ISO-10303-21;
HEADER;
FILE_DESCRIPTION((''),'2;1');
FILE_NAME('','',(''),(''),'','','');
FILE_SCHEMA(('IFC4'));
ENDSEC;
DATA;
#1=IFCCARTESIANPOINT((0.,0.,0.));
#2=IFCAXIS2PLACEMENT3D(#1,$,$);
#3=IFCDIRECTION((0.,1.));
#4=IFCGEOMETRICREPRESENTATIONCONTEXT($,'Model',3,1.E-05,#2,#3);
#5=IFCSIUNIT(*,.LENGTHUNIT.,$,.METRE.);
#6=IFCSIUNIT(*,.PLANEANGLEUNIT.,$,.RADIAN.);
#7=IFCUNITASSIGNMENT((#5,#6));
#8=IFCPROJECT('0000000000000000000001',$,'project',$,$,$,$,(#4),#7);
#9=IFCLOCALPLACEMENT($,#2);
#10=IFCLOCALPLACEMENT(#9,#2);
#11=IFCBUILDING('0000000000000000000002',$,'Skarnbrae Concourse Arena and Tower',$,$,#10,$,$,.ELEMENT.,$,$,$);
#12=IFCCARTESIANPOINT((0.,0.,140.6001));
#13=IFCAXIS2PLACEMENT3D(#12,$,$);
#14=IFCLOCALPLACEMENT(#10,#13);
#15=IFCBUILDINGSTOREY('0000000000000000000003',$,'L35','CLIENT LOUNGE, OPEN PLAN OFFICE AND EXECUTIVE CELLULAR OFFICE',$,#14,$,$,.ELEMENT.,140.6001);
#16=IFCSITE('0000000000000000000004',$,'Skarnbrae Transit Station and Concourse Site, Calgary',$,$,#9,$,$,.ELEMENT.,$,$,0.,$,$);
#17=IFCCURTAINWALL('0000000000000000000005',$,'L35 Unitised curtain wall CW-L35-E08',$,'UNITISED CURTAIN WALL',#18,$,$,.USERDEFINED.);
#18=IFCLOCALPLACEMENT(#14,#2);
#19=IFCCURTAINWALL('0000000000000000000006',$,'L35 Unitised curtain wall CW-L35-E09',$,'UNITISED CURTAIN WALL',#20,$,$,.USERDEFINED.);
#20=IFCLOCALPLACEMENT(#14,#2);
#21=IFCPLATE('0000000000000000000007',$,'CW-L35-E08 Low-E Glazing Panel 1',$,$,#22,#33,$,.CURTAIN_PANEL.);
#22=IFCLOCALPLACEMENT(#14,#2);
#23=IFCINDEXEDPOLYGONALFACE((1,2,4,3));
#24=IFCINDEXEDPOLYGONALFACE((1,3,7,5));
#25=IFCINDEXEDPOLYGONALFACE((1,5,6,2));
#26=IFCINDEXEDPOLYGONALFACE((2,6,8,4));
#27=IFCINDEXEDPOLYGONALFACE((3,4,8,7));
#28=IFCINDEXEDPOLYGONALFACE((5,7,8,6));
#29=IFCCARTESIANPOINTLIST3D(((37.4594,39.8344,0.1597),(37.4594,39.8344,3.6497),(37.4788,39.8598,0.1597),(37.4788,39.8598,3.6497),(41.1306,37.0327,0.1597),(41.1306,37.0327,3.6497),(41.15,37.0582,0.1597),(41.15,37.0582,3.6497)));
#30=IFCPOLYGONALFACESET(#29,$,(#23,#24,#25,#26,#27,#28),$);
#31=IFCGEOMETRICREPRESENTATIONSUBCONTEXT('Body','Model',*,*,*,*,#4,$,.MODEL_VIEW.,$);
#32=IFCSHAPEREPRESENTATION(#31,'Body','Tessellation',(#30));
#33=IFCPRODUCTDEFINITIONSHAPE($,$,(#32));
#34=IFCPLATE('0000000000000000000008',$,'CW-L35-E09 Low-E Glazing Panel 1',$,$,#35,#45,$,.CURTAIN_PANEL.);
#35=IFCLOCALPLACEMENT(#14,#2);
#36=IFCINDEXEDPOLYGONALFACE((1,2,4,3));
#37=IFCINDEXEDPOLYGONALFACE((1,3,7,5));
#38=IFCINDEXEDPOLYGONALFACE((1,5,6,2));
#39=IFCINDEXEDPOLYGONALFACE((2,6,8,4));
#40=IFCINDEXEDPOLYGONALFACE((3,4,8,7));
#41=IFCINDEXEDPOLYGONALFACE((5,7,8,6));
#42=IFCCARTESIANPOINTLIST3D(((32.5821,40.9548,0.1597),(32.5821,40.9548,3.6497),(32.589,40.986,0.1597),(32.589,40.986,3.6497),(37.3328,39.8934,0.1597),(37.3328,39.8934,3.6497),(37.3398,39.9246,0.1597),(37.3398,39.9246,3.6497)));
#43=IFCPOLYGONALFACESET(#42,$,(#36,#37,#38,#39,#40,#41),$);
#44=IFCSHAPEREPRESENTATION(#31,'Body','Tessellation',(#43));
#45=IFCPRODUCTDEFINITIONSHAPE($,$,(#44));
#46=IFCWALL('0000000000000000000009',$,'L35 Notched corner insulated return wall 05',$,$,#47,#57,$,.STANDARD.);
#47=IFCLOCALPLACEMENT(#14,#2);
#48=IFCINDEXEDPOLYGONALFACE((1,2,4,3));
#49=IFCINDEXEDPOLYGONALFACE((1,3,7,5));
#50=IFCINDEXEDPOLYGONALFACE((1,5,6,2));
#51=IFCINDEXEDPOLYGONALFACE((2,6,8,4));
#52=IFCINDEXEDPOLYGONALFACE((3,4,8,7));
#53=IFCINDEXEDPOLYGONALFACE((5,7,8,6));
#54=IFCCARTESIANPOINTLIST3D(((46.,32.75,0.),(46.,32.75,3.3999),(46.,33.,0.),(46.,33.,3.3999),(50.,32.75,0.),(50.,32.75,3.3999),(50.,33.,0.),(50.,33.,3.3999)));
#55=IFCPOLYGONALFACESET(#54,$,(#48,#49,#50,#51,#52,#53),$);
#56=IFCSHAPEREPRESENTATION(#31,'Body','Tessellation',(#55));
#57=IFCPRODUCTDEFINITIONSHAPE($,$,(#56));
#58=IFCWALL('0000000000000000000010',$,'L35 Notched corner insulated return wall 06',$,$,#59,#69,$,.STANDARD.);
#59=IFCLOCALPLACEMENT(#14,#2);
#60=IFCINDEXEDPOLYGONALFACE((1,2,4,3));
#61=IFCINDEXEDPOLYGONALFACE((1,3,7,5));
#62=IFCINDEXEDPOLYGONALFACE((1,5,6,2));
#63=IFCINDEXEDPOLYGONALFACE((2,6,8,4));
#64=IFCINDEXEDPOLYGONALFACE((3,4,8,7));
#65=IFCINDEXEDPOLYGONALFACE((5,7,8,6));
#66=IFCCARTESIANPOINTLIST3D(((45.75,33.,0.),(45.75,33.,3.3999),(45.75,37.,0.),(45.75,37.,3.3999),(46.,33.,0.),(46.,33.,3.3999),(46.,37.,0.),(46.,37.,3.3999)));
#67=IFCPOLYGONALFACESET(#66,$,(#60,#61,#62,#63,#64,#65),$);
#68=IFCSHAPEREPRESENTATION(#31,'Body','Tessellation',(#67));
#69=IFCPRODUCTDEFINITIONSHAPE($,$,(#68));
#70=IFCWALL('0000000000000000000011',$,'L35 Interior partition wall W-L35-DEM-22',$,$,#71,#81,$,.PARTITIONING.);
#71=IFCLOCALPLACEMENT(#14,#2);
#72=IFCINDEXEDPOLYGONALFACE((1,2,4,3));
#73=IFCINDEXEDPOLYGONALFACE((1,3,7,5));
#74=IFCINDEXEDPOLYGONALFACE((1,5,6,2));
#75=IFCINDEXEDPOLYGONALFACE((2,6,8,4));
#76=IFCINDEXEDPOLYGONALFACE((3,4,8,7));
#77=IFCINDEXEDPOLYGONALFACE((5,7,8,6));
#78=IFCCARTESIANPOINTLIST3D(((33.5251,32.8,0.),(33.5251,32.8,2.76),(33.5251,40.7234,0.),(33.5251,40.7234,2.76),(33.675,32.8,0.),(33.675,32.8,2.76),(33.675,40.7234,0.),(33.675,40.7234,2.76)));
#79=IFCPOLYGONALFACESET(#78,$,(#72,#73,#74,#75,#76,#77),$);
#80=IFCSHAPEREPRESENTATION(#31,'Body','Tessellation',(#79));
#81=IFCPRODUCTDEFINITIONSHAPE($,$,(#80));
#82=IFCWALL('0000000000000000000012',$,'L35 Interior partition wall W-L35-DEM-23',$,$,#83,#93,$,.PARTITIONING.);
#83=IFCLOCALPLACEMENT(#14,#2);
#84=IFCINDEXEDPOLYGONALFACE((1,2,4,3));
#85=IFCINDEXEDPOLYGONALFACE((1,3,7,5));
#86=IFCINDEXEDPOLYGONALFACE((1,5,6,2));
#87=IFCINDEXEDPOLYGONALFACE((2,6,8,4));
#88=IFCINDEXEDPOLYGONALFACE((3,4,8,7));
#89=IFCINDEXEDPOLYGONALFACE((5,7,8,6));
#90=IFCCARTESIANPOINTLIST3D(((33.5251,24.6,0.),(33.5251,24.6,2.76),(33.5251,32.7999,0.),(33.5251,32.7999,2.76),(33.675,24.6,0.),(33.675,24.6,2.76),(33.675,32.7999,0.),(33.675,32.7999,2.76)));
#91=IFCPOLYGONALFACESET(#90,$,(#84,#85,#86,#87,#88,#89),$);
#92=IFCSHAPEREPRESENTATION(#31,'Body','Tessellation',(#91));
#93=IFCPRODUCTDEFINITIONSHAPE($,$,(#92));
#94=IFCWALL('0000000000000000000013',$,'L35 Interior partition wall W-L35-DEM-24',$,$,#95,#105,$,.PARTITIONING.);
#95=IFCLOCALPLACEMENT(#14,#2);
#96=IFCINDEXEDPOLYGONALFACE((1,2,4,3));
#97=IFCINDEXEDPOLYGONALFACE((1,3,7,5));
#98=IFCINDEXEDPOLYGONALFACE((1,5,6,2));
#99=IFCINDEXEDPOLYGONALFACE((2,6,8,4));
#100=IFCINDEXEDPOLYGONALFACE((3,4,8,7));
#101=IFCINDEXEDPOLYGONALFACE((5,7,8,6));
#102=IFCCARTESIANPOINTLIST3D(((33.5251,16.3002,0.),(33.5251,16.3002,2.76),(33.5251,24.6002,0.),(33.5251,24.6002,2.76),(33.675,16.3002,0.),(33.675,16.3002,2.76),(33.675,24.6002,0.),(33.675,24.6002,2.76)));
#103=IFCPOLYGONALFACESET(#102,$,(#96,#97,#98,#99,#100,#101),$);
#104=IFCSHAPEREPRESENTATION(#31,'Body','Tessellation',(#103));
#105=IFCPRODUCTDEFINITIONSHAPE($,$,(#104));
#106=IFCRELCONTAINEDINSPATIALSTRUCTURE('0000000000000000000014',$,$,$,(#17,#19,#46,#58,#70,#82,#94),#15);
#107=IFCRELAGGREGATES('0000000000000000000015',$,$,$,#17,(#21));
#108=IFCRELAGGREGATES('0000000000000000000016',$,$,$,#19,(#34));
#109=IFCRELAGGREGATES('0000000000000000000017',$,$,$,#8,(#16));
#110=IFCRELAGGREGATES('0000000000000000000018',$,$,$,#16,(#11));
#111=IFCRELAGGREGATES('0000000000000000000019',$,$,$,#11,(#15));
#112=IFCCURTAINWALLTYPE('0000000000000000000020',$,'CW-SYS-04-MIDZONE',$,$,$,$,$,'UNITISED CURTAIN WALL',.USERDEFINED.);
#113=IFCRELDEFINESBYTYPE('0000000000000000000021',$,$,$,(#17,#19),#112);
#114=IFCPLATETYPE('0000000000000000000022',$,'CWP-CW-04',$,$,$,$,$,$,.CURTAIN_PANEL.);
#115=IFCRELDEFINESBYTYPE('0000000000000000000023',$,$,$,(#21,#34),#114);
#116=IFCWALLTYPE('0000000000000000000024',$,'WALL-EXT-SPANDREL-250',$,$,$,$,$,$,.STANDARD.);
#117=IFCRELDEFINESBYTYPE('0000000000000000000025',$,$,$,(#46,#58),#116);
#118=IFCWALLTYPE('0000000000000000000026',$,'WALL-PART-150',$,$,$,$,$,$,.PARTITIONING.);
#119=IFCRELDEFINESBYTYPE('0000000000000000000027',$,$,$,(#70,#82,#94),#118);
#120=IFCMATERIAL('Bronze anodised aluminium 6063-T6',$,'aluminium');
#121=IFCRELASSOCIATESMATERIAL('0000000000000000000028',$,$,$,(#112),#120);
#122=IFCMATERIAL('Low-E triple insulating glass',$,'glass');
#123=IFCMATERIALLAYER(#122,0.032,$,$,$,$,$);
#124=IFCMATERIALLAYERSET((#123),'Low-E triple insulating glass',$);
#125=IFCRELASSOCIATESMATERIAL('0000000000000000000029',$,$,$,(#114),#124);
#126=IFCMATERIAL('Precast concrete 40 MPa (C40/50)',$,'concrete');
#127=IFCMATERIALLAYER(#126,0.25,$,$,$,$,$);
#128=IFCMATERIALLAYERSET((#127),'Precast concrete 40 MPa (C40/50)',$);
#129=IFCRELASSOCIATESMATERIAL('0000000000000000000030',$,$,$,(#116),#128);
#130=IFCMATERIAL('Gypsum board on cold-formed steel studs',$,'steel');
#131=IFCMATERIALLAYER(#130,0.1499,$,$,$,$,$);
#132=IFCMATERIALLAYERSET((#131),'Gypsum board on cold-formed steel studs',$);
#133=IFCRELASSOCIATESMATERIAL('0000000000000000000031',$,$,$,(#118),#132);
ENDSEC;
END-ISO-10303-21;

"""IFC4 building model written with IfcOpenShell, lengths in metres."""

from ifc_helpers import new_model, si_unit, direction, frame, frame_2d, origin, origin_2d, place, context, subcontext, project, spatial, rectangle, extrude, source, transform, mapped, material, layer, layer_set, type_object, element, aggregate, save


model = new_model("IFC4")

# Units and contexts
model_context = context("Model", 3, precision=1e-05, world=origin(), true_north=direction((0.0, 1.0)))
body_context = subcontext(model_context, "Body", "Model", "MODEL_VIEW")
ifc_project = project(units=[si_unit("LENGTHUNIT", "METRE"), si_unit("PLANEANGLEUNIT", "RADIAN")], contexts=[model_context])

# Site, building, storey
site_placement = place(None, origin())
site = spatial("IfcSite", under=ifc_project, at=site_placement, Name="Skarnbrae Transit Station and Concourse Site, Calgary", CompositionType="ELEMENT", RefElevation=0.0)
building_placement = place(site_placement, origin())
building = spatial("IfcBuilding", under=site, at=building_placement, Name="Skarnbrae Concourse Arena and Tower", CompositionType="ELEMENT")
storey_placement = place(building_placement, frame((0.0, 0.0, 140.6001)))
storey = spatial("IfcBuildingStorey", under=building, at=storey_placement, Name="L35", Description="CLIENT LOUNGE, OPEN PLAN OFFICE AND EXECUTIVE CELLULAR OFFICE", CompositionType="ELEMENT", Elevation=140.6001)

# Curtain wall
ifc_material_1 = material(Name="Bronze anodised aluminium 6063-T6", Category="aluminium")
curtain_wall_type = type_object("IfcCurtainWallType", Name="CW-SYS-04-MIDZONE", ElementType="UNITISED CURTAIN WALL", PredefinedType="USERDEFINED", material=ifc_material_1)
curtain_wall_1_placement = place(storey_placement, origin())
curtain_wall_1 = element("IfcCurtainWall", 1, at=curtain_wall_1_placement, inside=storey, type_object=curtain_wall_type, Name="L35 Unitised curtain wall CW-L35-E08", ObjectType="UNITISED CURTAIN WALL", PredefinedType="USERDEFINED")

# Curtain wall
curtain_wall_2_placement = place(storey_placement, origin())
curtain_wall_2 = element("IfcCurtainWall", 2, at=curtain_wall_2_placement, inside=storey, type_object=curtain_wall_type, Name="L35 Unitised curtain wall CW-L35-E09", ObjectType="UNITISED CURTAIN WALL", PredefinedType="USERDEFINED")

# Plates
ifc_material_2 = material(Name="Low-E triple insulating glass", Category="glass")
ifc_layer_1 = layer(ifc_material_2, 0.032)
ifc_layer_set_1 = layer_set([ifc_layer_1], Name="Low-E triple insulating glass")
plate_type = type_object("IfcPlateType", Name="CWP-CW-04", PredefinedType="CURTAIN_PANEL", material=ifc_layer_set_1)
shared_shape_1 = source(origin(), body_context, "Body", "SweptSolid", [
    extrude(rectangle(XDim=4.6182, YDim=0.032, at=origin_2d()), origin(), (0.0, 0.0, 1.0), 3.49),
])
plate_1_placement = place(storey_placement, frame((39.3047, 38.4463, 0.1597), z_axis=(0.0, 0.0, 1.0), x_axis=(-0.794956, 0.606667, 0.0)))
plate_1 = element("IfcPlate", 3, at=plate_1_placement, type_object=plate_type, Name="CW-L35-E08 Low-E Glazing Panel 1", PredefinedType="CURTAIN_PANEL", context=body_context, shape_type="MappedRepresentation", body=[
    mapped(shared_shape_1, transform((0.0, 0.0, 0.0))),
])
aggregate(curtain_wall_1, [plate_1])
shared_shape_2 = source(origin(), body_context, "Body", "SweptSolid", [
    extrude(rectangle(XDim=4.8679, YDim=0.032, at=origin_2d()), origin(), (0.0, 0.0, 1.0), 3.49),
])
plate_2_placement = place(storey_placement, frame((34.9609, 40.4397, 0.1597), z_axis=(0.0, 0.0, 1.0), x_axis=(-0.975936, 0.218056, 0.0)))
plate_2 = element("IfcPlate", 4, at=plate_2_placement, type_object=plate_type, Name="CW-L35-E09 Low-E Glazing Panel 1", PredefinedType="CURTAIN_PANEL", context=body_context, shape_type="MappedRepresentation", body=[
    mapped(shared_shape_2, transform((0.0, 0.0, 0.0))),
])
aggregate(curtain_wall_2, [plate_2])

# Walls
ifc_material_3 = material(Name="Precast concrete 40 MPa (C40/50)", Category="concrete")
ifc_layer_2 = layer(ifc_material_3, 0.25)
ifc_layer_set_2 = layer_set([ifc_layer_2], Name="Precast concrete 40 MPa (C40/50)")
wall_type_1 = type_object("IfcWallType", Name="WALL-EXT-SPANDREL-250", PredefinedType="STANDARD", material=ifc_layer_set_2)
shared_shape_3 = source(origin(), body_context, "Body", "SweptSolid", [
    extrude(rectangle(XDim=4.0, YDim=0.25, at=frame_2d((2.0, 0.0))), origin(), (0.0, 0.0, 1.0), 3.3999),
])
for number, where, z_axis, x_axis, name in (
    (5, (50.0, 32.875, 0.0), (0.0, 0.0, 1.0), (-1.0, 0.0, 0.0), "L35 Notched corner insulated return wall 05"),
    (6, (45.875, 33.0, 0.0), (0.0, 0.0, 1.0), (0.0, 1.0, 0.0), "L35 Notched corner insulated return wall 06"),
):
    element("IfcWall", number, at=place(storey_placement, frame(where, z_axis=z_axis, x_axis=x_axis)), inside=storey, type_object=wall_type_1, Name=name, PredefinedType="STANDARD", context=body_context, shape_type="MappedRepresentation", body=[
        mapped(shared_shape_3, transform((0.0, 0.0, 0.0))),
    ])
ifc_material_4 = material(Name="Gypsum board on cold-formed steel studs", Category="steel")
ifc_layer_3 = layer(ifc_material_4, 0.1499)
ifc_layer_set_3 = layer_set([ifc_layer_3], Name="Gypsum board on cold-formed steel studs")
wall_type_2 = type_object("IfcWallType", Name="WALL-PART-150", PredefinedType="PARTITIONING", material=ifc_layer_set_3)
shared_shape_4 = source(origin(), body_context, "Body", "SweptSolid", [
    extrude(rectangle(XDim=7.9233, YDim=0.1499, at=frame_2d((3.9617, 0.0))), origin(), (0.0, 0.0, 1.0), 2.76),
])
wall_1_placement = place(storey_placement, frame((33.6001, 40.7234, 0.0), z_axis=(0.0, 0.0, 1.0), x_axis=(0.0, -1.0, 0.0)))
element("IfcWall", 7, at=wall_1_placement, inside=storey, type_object=wall_type_2, Name="L35 Interior partition wall W-L35-DEM-22", PredefinedType="PARTITIONING", context=body_context, shape_type="MappedRepresentation", body=[
    mapped(shared_shape_4, transform((0.0, 0.0, 0.0))),
])
shared_shape_5 = source(origin(), body_context, "Body", "SweptSolid", [
    extrude(rectangle(XDim=8.2, YDim=0.1499, at=frame_2d((4.1001, 0.0))), origin(), (0.0, 0.0, 1.0), 2.76),
])
wall_2_placement = place(storey_placement, frame((33.6001, 32.8, 0.0), z_axis=(0.0, 0.0, 1.0), x_axis=(0.0, -1.0, 0.0)))
element("IfcWall", 8, at=wall_2_placement, inside=storey, type_object=wall_type_2, Name="L35 Interior partition wall W-L35-DEM-23", PredefinedType="PARTITIONING", context=body_context, shape_type="MappedRepresentation", body=[
    mapped(shared_shape_5, transform((0.0, 0.0, 0.0))),
])
shared_shape_6 = source(origin(), body_context, "Body", "SweptSolid", [
    extrude(rectangle(XDim=8.3, YDim=0.1499, at=frame_2d((4.1499, 0.0))), origin(), (0.0, 0.0, 1.0), 2.76),
])
wall_3_placement = place(storey_placement, frame((33.6001, 24.6001, 0.0), z_axis=(0.0, 0.0, 1.0), x_axis=(0.0, -1.0, 0.0)))
element("IfcWall", 9, at=wall_3_placement, inside=storey, type_object=wall_type_2, Name="L35 Interior partition wall W-L35-DEM-24", PredefinedType="PARTITIONING", context=body_context, shape_type="MappedRepresentation", body=[
    mapped(shared_shape_6, transform((0.0, 0.0, 0.0))),
])

save(model, "model.ifc")
